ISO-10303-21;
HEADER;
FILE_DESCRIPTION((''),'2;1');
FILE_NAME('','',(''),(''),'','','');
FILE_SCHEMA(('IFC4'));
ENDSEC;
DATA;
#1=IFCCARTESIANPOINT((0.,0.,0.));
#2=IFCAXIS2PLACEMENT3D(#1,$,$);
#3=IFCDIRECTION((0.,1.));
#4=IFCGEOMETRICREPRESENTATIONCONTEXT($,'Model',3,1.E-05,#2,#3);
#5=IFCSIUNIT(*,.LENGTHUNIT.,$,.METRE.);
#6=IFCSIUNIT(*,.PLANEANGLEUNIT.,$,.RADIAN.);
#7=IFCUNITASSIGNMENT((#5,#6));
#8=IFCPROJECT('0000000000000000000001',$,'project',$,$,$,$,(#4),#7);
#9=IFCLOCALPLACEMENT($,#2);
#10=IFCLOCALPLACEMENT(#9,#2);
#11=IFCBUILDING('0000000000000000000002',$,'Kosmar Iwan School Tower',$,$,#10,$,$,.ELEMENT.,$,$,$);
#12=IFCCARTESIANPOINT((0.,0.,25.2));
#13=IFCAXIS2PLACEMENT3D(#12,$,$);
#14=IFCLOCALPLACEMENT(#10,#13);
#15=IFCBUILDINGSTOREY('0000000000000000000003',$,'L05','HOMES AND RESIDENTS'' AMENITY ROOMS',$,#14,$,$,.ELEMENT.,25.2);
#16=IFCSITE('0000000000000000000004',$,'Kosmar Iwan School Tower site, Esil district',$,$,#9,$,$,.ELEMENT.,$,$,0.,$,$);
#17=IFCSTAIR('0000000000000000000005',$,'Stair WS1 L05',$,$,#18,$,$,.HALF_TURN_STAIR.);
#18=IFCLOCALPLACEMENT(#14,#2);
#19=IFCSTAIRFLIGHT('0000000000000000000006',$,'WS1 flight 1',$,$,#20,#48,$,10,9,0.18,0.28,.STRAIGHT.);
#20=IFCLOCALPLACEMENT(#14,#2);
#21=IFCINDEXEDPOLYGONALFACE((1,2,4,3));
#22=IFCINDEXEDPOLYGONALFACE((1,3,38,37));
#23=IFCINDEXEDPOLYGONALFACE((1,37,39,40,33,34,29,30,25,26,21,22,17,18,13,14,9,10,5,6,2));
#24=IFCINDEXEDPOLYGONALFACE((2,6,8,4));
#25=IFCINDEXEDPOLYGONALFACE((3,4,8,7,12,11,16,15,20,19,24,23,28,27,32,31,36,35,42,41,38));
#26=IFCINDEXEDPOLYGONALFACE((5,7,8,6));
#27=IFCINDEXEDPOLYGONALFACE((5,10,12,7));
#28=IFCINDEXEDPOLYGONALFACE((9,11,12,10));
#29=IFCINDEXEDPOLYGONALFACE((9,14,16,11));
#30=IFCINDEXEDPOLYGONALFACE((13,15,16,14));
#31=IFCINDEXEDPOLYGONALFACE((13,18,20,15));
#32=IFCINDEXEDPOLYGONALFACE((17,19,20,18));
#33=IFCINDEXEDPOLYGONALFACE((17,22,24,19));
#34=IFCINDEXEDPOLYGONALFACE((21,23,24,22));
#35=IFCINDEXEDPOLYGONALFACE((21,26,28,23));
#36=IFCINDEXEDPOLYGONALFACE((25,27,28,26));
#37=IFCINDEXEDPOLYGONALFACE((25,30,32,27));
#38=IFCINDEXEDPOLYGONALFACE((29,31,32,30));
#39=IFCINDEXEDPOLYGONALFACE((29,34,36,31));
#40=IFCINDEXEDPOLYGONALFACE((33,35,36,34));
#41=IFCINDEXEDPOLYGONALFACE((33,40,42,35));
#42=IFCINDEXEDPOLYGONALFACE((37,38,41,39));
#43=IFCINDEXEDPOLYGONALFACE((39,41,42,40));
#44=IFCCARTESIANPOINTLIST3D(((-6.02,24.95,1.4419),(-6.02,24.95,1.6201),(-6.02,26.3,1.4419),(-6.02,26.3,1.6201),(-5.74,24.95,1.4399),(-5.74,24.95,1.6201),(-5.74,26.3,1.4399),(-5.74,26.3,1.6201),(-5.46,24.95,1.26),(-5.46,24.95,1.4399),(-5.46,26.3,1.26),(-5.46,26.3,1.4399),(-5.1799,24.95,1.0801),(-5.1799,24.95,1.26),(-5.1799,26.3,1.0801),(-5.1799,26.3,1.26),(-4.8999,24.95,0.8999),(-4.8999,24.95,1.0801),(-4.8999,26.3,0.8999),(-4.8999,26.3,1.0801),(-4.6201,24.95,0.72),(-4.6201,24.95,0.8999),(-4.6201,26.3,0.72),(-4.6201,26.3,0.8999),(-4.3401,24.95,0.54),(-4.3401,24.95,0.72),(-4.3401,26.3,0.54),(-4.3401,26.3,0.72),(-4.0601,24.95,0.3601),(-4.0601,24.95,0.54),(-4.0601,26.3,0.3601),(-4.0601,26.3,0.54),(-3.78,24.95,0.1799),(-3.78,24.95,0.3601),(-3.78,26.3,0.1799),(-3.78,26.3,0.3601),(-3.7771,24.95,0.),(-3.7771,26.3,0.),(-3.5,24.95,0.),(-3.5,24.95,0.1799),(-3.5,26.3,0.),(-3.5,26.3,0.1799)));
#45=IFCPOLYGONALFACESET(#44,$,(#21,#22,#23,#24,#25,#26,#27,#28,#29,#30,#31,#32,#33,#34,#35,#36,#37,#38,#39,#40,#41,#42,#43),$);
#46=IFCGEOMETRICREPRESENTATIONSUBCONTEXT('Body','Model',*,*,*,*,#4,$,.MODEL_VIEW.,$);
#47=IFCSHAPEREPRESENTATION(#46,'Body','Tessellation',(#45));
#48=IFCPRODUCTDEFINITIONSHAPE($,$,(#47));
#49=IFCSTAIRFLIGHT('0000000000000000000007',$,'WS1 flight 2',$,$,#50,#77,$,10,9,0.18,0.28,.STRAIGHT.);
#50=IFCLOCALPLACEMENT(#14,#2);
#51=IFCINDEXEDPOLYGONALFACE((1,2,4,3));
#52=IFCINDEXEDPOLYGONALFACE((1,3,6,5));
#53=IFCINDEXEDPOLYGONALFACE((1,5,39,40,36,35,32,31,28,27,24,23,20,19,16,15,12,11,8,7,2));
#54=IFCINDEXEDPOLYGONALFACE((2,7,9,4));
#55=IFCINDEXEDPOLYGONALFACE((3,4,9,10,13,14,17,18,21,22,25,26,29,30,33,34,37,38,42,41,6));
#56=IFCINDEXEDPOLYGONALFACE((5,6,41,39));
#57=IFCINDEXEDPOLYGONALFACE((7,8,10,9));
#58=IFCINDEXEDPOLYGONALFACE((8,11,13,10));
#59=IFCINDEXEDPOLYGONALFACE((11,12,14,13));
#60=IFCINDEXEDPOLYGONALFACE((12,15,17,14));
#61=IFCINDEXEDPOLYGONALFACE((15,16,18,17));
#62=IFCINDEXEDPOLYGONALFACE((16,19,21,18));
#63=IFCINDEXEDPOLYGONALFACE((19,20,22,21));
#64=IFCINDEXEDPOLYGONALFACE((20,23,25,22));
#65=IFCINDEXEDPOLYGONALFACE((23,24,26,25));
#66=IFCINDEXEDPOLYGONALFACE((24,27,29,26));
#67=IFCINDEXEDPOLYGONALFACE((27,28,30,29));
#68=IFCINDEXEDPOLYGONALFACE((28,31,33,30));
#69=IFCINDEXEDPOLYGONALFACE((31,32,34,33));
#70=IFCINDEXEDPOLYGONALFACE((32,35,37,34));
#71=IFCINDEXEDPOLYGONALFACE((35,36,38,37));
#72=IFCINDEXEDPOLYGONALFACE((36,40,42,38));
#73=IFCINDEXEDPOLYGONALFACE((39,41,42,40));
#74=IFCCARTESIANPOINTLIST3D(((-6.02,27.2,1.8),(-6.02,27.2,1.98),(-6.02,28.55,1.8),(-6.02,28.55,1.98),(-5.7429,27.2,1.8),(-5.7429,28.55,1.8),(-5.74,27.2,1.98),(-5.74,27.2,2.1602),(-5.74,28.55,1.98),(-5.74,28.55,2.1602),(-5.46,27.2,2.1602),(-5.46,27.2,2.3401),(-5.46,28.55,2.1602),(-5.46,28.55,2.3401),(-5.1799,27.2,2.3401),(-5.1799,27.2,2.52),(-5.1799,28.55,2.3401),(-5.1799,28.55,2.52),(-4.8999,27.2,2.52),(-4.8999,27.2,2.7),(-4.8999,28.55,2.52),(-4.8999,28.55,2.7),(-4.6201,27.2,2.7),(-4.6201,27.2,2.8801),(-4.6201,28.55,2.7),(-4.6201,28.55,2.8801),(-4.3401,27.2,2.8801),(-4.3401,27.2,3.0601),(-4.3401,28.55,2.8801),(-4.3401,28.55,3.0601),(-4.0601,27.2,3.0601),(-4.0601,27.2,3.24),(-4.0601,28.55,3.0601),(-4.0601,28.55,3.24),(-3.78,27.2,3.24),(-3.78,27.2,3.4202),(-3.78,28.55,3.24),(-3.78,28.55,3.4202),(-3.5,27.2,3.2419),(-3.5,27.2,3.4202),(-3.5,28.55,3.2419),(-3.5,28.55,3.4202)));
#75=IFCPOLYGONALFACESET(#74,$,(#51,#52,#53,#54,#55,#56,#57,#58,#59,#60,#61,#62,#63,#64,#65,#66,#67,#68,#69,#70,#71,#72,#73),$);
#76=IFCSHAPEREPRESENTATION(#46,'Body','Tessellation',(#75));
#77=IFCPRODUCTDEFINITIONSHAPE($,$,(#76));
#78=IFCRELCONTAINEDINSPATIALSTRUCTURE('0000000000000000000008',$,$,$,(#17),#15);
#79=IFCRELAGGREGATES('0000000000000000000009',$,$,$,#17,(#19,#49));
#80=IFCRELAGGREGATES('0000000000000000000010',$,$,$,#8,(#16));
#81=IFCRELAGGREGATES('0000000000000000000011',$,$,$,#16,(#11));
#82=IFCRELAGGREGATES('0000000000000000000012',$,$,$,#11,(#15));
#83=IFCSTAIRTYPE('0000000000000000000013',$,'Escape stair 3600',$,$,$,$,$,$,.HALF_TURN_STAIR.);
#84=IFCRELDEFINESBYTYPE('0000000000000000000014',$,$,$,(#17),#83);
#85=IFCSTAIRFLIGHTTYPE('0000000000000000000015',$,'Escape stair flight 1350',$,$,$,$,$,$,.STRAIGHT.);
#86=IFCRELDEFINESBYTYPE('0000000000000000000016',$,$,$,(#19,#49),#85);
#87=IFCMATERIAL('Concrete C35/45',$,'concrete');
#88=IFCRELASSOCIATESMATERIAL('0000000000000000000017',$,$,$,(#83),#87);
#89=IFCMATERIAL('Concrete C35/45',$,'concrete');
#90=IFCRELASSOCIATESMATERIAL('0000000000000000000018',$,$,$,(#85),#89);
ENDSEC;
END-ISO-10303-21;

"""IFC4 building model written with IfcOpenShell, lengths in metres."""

from ifc_helpers import new_model, si_unit, direction, frame, origin, place, context, subcontext, project, spatial, polyline, outline, extrude, material, type_object, element, aggregate, save


model = new_model("IFC4")

# Units and contexts
model_context = context("Model", 3, precision=1e-05, world=origin(), true_north=direction((0.0, 1.0)))
body_context = subcontext(model_context, "Body", "Model", "MODEL_VIEW")
ifc_project = project(units=[si_unit("LENGTHUNIT", "METRE"), si_unit("PLANEANGLEUNIT", "RADIAN")], contexts=[model_context])

# Site, building, storey
site_placement = place(None, origin())
site = spatial("IfcSite", under=ifc_project, at=site_placement, Name="Kosmar Iwan School Tower site, Esil district", CompositionType="ELEMENT", RefElevation=0.0)
building_placement = place(site_placement, origin())
building = spatial("IfcBuilding", under=site, at=building_placement, Name="Kosmar Iwan School Tower", CompositionType="ELEMENT")
storey_placement = place(building_placement, frame((0.0, 0.0, 25.2)))
storey = spatial("IfcBuildingStorey", under=building, at=storey_placement, Name="L05", Description="HOMES AND RESIDENTS' AMENITY ROOMS", CompositionType="ELEMENT", Elevation=25.2)

# Stair, stair flights
ifc_material_1 = material(Name="Concrete C35/45", Category="concrete")
stair_type = type_object("IfcStairType", Name="Escape stair 3600", PredefinedType="HALF_TURN_STAIR", material=ifc_material_1)
stair_placement = place(storey_placement, origin())
stair = element("IfcStair", 1, at=stair_placement, inside=storey, type_object=stair_type, Name="Stair WS1 L05", PredefinedType="HALF_TURN_STAIR")
ifc_material_2 = material(Name="Concrete C35/45", Category="concrete")
stair_flight_type = type_object("IfcStairFlightType", Name="Escape stair flight 1350", PredefinedType="STRAIGHT", material=ifc_material_2)
stair_flight_1_placement = place(storey_placement, frame((-3.5, 25.625, 0.0), z_axis=(0.0, 0.0, 1.0), x_axis=(-1.0, 0.0, 0.0)))
stair_flight_1 = element("IfcStairFlight", 2, at=stair_flight_1_placement, type_object=stair_flight_type, Name="WS1 flight 1", NumberOfRisers=10, NumberOfTreads=9, PredefinedType="STRAIGHT", RiserHeight=0.18, TreadLength=0.28, context=body_context, shape_type="SweptSolid", body=[
    extrude(outline(polyline([(0.0, 0.0), (0.0, 0.1799), (0.28, 0.1799), (0.28, 0.3601), (0.5601, 0.3601), (0.5601, 0.54), (0.8401, 0.54), (0.8401, 0.72), (1.1201, 0.72), (1.1201, 0.8999), (1.3999, 0.8999), (1.3999, 1.0801), (1.6799, 1.0801), (1.6799, 1.26), (1.96, 1.26), (1.96, 1.4399), (2.24, 1.4399), (2.24, 1.6201), (2.52, 1.6201), (2.52, 1.8), (2.52, 1.4419), (0.2771, 0.0), (0.0, 0.0)])), frame((0.0, 0.675, 0.0), z_axis=(0.0, -1.0, 0.0), x_axis=(1.0, 0.0, 0.0)), (0.0, 0.0, 1.0), 1.3501),
])
stair_flight_2_placement = place(storey_placement, frame((-6.02, 27.875, 1.8), z_axis=(0.0, 0.0, 1.0), x_axis=(1.0, 0.0, 0.0)))
stair_flight_2 = element("IfcStairFlight", 3, at=stair_flight_2_placement, type_object=stair_flight_type, Name="WS1 flight 2", NumberOfRisers=10, NumberOfTreads=9, PredefinedType="STRAIGHT", RiserHeight=0.18, TreadLength=0.28, context=body_context, shape_type="SweptSolid", body=[
    extrude(outline(polyline([(0.0, 0.0), (0.0, 0.1799), (0.28, 0.1799), (0.28, 0.3601), (0.5601, 0.3601), (0.5601, 0.54), (0.8401, 0.54), (0.8401, 0.72), (1.1201, 0.72), (1.1201, 0.8999), (1.3999, 0.8999), (1.3999, 1.0801), (1.6799, 1.0801), (1.6799, 1.26), (1.96, 1.26), (1.96, 1.4399), (2.24, 1.4399), (2.24, 1.6201), (2.52, 1.6201), (2.52, 1.8), (2.52, 1.4419), (0.2771, 0.0), (0.0, 0.0)])), frame((0.0, 0.675, 0.0), z_axis=(0.0, -1.0, 0.0), x_axis=(1.0, 0.0, 0.0)), (0.0, 0.0, 1.0), 1.3501),
])
aggregate(stair, [stair_flight_1, stair_flight_2])

save(model, "model.ifc")
